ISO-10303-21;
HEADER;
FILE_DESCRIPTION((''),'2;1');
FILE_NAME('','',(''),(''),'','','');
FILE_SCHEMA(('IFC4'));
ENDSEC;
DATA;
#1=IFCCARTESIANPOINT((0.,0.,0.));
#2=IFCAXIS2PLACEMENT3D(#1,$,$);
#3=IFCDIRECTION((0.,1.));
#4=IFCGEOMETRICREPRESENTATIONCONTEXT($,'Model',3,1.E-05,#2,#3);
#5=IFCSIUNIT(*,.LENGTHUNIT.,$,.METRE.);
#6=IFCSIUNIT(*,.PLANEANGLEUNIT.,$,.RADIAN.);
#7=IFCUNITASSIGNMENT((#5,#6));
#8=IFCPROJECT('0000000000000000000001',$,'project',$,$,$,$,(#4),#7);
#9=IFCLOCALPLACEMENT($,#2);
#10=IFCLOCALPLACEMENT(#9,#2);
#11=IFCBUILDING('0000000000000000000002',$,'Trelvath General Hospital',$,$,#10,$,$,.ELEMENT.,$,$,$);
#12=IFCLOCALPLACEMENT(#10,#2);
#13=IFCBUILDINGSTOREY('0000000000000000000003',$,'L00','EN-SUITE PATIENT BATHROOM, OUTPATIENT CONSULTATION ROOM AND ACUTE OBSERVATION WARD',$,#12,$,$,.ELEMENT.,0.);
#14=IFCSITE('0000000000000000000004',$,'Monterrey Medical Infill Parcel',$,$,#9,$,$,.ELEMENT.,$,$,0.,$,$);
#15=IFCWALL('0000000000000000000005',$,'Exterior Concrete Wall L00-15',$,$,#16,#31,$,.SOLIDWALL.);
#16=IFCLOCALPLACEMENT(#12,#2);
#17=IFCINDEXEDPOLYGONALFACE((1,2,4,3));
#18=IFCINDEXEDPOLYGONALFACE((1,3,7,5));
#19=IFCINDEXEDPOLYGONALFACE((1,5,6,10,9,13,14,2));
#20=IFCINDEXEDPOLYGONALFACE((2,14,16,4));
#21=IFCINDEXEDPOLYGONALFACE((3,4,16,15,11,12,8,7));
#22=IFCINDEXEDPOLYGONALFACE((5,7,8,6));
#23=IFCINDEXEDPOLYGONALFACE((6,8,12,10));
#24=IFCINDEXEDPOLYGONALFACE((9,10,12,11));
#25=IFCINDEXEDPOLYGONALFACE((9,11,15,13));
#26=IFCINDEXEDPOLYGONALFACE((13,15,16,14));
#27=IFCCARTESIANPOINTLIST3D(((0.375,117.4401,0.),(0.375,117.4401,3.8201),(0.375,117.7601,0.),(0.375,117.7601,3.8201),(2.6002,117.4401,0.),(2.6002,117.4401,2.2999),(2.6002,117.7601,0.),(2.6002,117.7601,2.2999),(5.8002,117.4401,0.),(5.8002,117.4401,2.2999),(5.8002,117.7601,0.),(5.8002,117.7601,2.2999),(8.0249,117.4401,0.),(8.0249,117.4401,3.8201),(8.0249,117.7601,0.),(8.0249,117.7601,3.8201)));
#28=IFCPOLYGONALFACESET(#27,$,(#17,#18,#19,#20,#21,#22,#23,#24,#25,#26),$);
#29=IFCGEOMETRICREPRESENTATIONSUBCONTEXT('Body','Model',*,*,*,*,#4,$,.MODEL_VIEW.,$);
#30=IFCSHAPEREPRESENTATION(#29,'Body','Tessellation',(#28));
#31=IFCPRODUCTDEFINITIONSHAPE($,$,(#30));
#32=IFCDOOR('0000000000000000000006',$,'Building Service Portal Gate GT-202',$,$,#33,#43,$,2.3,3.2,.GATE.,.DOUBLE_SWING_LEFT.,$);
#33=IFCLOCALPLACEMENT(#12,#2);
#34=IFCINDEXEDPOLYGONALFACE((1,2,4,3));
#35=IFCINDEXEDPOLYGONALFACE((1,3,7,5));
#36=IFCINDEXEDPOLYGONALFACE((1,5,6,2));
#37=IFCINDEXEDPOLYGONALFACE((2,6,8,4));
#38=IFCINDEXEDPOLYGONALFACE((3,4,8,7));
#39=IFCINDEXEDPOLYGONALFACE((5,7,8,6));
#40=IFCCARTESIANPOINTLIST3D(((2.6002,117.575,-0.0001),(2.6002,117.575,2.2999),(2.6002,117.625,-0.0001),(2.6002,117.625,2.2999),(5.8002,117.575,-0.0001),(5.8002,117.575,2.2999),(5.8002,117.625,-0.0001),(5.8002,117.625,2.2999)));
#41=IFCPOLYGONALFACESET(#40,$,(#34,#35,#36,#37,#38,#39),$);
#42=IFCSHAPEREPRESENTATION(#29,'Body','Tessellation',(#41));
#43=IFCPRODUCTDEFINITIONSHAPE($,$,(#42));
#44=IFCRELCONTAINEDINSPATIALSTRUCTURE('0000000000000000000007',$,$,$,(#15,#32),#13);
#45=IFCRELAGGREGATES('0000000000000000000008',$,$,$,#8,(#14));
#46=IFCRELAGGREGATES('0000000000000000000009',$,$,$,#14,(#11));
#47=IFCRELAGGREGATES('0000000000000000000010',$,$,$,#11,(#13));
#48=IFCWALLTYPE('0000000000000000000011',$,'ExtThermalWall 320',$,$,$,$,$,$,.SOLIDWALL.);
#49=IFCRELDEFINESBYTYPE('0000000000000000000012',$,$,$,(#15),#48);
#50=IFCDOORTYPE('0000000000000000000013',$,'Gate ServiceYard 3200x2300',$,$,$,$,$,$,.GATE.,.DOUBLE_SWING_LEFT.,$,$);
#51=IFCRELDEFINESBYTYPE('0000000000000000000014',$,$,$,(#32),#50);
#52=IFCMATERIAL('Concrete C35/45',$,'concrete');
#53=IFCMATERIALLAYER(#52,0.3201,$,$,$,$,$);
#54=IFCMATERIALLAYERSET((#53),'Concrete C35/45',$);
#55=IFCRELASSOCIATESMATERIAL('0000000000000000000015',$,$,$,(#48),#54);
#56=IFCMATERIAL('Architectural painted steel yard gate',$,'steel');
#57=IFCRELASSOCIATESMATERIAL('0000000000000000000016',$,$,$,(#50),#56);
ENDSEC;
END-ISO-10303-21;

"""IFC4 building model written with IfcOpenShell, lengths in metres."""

from ifc_helpers import new_model, si_unit, direction, frame, frame_2d, origin, place, context, subcontext, project, spatial, rectangle, extrude, material, layer, layer_set, type_object, element, fill, save


model = new_model("IFC4")

# Units and contexts
model_context = context("Model", 3, precision=1e-05, world=origin(), true_north=direction((0.0, 1.0)))
body_context = subcontext(model_context, "Body", "Model", "MODEL_VIEW")
ifc_project = project(units=[si_unit("LENGTHUNIT", "METRE"), si_unit("PLANEANGLEUNIT", "RADIAN")], contexts=[model_context])

# Site, building, storey
site_placement = place(None, origin())
site = spatial("IfcSite", under=ifc_project, at=site_placement, Name="Monterrey Medical Infill Parcel", CompositionType="ELEMENT", RefElevation=0.0)
building_placement = place(site_placement, origin())
building = spatial("IfcBuilding", under=site, at=building_placement, Name="Trelvath General Hospital", CompositionType="ELEMENT")
storey_placement = place(building_placement, origin())
storey = spatial("IfcBuildingStorey", under=building, at=storey_placement, Name="L00", Description="EN-SUITE PATIENT BATHROOM, OUTPATIENT CONSULTATION ROOM AND ACUTE OBSERVATION WARD", CompositionType="ELEMENT", Elevation=0.0)

# Wall, opening, door
ifc_material_1 = material(Name="Concrete C35/45", Category="concrete")
ifc_layer_1 = layer(ifc_material_1, 0.3201)
ifc_layer_set_1 = layer_set([ifc_layer_1], Name="Concrete C35/45")
wall_type_1 = type_object("IfcWallType", Name="ExtThermalWall 320", PredefinedType="SOLIDWALL", material=ifc_layer_set_1)
wall_1_placement = place(storey_placement, frame((0.375, 117.6001, 0.0), z_axis=(0.0, 0.0, 1.0), x_axis=(1.0, 0.0, 0.0)))
wall_1 = element("IfcWall", 1, at=wall_1_placement, inside=storey, type_object=wall_type_1, Name="Exterior Concrete Wall L00-15", PredefinedType="SOLIDWALL", context=body_context, shape_type="SweptSolid", body=[
    extrude(rectangle(XDim=7.6499, YDim=0.3201, at=frame_2d((3.825, 0.0))), origin(), (0.0, 0.0, 1.0), 3.8201),
])
opening_placement = place(wall_1_placement, frame((2.2251, 0.0, 0.0)))
opening = element("IfcOpeningElement", 2, at=opening_placement, cuts=wall_1, PredefinedType="OPENING", context=body_context, shape_type="SweptSolid", body=[
    extrude(rectangle(XDim=3.2, YDim=2.3, at=frame_2d((1.6001, 1.1499))), frame((0.0, 0.1699, 0.0), z_axis=(0.0, -1.0, 0.0), x_axis=(1.0, 0.0, 0.0)), (0.0, 0.0, 1.0), 0.3401),
])
ifc_material_2 = material(Name="Architectural painted steel yard gate", Category="steel")
door_type = type_object("IfcDoorType", Name="Gate ServiceYard 3200x2300", OperationType="DOUBLE_SWING_LEFT", PredefinedType="GATE", material=ifc_material_2)
door_placement = place(opening_placement, origin())
door = element("IfcDoor", 3, at=door_placement, inside=storey, type_object=door_type, Name="Building Service Portal Gate GT-202", OperationType="DOUBLE_SWING_LEFT", OverallHeight=2.3, OverallWidth=3.2, PredefinedType="GATE", context=body_context, shape_type="SweptSolid", body=[
    extrude(rectangle(XDim=3.2, YDim=2.3, at=frame_2d((1.6001, 1.1499))), frame((0.0, 0.0249, 0.0), z_axis=(0.0, -1.0, 0.0), x_axis=(1.0, 0.0, 0.0)), (0.0, 0.0, 1.0), 0.05),
])
fill(opening, door)

save(model, "model.ifc")
